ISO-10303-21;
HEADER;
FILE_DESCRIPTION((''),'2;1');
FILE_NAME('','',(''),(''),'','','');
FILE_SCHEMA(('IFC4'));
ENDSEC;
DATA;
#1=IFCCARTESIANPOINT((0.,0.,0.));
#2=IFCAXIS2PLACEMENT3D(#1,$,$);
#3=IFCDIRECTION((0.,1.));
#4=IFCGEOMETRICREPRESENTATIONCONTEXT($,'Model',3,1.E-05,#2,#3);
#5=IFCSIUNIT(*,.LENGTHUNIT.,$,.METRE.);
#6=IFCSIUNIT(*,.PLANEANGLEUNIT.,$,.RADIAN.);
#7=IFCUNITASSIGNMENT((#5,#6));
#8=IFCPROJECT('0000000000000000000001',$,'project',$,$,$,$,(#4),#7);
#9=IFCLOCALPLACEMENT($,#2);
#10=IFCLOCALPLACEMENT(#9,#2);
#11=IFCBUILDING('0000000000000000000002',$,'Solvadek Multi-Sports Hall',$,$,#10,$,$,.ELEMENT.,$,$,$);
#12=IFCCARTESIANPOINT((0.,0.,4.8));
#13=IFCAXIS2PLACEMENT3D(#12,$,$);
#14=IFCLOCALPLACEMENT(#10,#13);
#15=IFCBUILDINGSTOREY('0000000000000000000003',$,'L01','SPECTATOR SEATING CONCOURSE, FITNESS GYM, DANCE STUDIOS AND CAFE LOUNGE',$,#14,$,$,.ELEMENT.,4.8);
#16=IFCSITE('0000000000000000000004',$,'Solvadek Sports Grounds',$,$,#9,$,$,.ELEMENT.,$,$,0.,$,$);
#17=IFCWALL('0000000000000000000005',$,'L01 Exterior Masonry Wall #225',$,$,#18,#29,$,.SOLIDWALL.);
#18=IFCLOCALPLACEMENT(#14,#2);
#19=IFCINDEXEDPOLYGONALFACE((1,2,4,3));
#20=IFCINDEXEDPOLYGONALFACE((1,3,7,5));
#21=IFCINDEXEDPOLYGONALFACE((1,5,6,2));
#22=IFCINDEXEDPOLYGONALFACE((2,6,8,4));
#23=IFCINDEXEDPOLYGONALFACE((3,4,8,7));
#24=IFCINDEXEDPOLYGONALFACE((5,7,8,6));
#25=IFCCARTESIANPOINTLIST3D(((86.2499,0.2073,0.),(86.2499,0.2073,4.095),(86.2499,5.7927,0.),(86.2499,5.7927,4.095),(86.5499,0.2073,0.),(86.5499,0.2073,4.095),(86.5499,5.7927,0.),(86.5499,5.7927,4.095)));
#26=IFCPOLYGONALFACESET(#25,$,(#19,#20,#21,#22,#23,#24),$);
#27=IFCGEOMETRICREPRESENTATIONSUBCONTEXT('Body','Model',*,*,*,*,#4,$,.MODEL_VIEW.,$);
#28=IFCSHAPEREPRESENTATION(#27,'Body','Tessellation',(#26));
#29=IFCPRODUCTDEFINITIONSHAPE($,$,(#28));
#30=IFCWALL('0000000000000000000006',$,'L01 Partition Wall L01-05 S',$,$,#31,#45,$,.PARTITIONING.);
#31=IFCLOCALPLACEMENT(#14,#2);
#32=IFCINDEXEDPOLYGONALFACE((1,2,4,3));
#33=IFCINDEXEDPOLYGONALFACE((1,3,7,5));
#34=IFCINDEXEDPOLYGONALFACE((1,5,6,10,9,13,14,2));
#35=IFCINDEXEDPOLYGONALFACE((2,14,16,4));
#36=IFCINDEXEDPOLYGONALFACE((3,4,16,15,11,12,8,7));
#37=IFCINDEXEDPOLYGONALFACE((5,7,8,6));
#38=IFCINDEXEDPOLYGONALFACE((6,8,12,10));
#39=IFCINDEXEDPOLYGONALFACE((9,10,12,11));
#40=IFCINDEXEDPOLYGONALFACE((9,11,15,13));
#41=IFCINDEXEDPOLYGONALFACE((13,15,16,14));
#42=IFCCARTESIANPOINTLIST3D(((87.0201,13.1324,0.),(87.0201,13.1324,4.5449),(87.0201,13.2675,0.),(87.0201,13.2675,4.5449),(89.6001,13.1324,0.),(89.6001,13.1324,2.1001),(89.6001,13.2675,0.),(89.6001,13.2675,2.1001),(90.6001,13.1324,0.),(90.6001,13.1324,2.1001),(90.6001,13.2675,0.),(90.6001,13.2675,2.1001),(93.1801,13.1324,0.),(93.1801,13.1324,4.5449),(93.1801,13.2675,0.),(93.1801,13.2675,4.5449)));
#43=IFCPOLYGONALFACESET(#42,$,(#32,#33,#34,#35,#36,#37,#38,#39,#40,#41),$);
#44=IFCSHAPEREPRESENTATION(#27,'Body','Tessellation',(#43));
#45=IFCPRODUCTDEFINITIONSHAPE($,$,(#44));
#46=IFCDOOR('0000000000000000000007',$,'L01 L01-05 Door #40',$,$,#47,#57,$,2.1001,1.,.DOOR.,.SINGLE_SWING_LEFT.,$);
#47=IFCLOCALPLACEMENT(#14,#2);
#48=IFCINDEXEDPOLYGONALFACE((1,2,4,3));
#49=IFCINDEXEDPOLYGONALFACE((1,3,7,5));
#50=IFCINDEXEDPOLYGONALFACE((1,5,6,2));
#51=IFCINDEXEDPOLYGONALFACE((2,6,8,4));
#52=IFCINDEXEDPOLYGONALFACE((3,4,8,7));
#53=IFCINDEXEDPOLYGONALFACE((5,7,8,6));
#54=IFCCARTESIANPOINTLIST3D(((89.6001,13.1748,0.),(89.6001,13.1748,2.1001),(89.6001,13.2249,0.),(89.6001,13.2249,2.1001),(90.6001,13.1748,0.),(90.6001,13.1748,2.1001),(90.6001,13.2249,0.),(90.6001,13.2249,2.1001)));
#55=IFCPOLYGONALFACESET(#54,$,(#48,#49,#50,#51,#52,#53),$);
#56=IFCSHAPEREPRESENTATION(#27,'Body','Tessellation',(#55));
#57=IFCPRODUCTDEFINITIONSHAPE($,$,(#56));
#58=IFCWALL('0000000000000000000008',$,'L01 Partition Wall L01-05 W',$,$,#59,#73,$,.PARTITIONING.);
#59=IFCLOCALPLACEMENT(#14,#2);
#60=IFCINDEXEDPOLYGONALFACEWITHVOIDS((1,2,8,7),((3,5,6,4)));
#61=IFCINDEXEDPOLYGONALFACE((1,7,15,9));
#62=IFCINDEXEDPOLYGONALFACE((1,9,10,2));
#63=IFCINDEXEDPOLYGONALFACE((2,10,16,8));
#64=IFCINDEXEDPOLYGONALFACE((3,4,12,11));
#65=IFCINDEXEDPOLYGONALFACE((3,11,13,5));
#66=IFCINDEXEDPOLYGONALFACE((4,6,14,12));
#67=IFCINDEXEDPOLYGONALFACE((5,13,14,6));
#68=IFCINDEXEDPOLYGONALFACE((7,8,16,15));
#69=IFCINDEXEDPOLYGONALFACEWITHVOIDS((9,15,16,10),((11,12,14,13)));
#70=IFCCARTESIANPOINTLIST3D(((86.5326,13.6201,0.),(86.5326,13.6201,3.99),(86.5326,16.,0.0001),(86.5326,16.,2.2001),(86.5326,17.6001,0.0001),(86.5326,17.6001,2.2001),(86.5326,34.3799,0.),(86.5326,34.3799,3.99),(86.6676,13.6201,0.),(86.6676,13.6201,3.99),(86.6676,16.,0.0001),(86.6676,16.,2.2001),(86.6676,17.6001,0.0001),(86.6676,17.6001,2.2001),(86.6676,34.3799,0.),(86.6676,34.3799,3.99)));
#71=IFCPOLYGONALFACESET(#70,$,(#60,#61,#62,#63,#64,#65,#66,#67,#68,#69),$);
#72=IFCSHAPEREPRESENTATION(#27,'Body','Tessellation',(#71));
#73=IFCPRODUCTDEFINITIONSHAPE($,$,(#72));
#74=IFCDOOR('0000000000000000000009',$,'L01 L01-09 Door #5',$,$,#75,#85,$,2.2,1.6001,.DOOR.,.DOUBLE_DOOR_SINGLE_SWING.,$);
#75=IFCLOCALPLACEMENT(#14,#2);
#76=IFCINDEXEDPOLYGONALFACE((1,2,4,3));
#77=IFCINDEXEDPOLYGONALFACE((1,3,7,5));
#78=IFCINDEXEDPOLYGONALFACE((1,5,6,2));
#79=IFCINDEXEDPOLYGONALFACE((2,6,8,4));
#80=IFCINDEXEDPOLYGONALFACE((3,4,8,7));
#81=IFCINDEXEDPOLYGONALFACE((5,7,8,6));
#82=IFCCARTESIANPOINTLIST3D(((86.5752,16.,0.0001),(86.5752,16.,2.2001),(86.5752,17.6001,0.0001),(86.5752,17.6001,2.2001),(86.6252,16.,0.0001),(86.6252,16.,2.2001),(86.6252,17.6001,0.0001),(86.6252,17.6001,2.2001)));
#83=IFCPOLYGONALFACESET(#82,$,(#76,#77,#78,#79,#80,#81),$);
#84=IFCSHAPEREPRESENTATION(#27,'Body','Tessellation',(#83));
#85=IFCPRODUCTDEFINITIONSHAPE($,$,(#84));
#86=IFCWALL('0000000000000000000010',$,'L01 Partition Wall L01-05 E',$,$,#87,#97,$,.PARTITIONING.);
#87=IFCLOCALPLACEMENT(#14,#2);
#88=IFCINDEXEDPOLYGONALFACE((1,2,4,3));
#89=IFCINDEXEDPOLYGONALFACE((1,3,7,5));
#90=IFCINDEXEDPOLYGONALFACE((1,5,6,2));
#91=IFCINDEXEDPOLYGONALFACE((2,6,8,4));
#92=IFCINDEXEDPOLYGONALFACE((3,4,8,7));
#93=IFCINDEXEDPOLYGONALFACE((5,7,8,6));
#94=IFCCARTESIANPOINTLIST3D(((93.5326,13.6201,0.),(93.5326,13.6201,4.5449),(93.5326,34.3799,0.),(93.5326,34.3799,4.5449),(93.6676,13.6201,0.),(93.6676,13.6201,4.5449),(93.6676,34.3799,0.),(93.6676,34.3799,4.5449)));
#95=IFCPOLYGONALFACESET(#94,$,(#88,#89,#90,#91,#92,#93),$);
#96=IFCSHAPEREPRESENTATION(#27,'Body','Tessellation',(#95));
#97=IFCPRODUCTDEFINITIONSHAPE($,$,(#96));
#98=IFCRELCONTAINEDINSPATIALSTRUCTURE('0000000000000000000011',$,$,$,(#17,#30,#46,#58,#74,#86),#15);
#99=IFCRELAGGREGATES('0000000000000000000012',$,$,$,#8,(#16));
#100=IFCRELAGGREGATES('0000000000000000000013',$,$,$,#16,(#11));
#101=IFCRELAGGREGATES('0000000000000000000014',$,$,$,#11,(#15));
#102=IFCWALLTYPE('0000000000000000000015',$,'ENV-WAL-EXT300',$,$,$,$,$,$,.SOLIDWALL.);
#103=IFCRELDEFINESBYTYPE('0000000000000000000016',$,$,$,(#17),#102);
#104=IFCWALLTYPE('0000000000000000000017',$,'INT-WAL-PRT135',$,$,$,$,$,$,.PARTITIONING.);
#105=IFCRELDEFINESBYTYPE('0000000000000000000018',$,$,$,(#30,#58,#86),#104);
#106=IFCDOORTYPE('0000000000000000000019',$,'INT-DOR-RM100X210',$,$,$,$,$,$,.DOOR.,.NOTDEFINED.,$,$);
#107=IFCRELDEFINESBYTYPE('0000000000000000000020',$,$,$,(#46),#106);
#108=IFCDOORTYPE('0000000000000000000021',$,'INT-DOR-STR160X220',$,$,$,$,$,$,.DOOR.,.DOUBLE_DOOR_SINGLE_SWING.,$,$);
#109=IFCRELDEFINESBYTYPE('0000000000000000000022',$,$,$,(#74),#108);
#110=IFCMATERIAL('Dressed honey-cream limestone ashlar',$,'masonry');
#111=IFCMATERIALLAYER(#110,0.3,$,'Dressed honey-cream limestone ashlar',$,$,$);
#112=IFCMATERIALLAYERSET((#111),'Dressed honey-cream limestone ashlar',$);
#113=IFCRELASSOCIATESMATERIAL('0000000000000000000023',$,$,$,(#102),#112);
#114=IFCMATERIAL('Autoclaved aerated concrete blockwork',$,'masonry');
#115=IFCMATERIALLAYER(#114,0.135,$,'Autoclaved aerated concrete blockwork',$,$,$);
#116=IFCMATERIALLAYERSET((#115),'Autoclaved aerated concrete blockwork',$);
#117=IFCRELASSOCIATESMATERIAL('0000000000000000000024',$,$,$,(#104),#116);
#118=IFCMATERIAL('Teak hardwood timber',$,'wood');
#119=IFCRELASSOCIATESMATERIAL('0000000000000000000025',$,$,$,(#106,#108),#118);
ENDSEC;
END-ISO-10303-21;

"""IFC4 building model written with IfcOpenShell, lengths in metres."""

from ifc_helpers import new_model, si_unit, direction, frame, frame_2d, origin, place, context, subcontext, project, spatial, rectangle, extrude, material, layer, layer_set, type_object, element, fill, save


model = new_model("IFC4")

# Units and contexts
model_context = context("Model", 3, precision=1e-05, world=origin(), true_north=direction((0.0, 1.0)))
body_context = subcontext(model_context, "Body", "Model", "MODEL_VIEW")
ifc_project = project(units=[si_unit("LENGTHUNIT", "METRE"), si_unit("PLANEANGLEUNIT", "RADIAN")], contexts=[model_context])

# Site, building, storey
site_placement = place(None, origin())
site = spatial("IfcSite", under=ifc_project, at=site_placement, Name="Solvadek Sports Grounds", CompositionType="ELEMENT", RefElevation=0.0)
building_placement = place(site_placement, origin())
building = spatial("IfcBuilding", under=site, at=building_placement, Name="Solvadek Multi-Sports Hall", CompositionType="ELEMENT")
storey_placement = place(building_placement, frame((0.0, 0.0, 4.8)))
storey = spatial("IfcBuildingStorey", under=building, at=storey_placement, Name="L01", Description="SPECTATOR SEATING CONCOURSE, FITNESS GYM, DANCE STUDIOS AND CAFE LOUNGE", CompositionType="ELEMENT", Elevation=4.8)

# Wall
ifc_material_1 = material(Name="Dressed honey-cream limestone ashlar", Category="masonry")
ifc_layer_1 = layer(ifc_material_1, 0.3, Name="Dressed honey-cream limestone ashlar")
ifc_layer_set_1 = layer_set([ifc_layer_1], Name="Dressed honey-cream limestone ashlar")
wall_type_1 = type_object("IfcWallType", Name="ENV-WAL-EXT300", PredefinedType="SOLIDWALL", material=ifc_layer_set_1)
wall_1_placement = place(storey_placement, frame((86.3999, 0.2073, 0.0), z_axis=(0.0, 0.0, 1.0), x_axis=(0.0, 1.0, 0.0)))
element("IfcWall", 1, at=wall_1_placement, inside=storey, type_object=wall_type_1, Name="L01 Exterior Masonry Wall #225", PredefinedType="SOLIDWALL", context=body_context, shape_type="SweptSolid", body=[
    extrude(rectangle(XDim=5.5854, YDim=0.3, at=frame_2d((2.7927, 0.0))), origin(), (0.0, 0.0, 1.0), 4.095),
])

# Walls, openings, doors
ifc_material_2 = material(Name="Autoclaved aerated concrete blockwork", Category="masonry")
ifc_layer_2 = layer(ifc_material_2, 0.135, Name="Autoclaved aerated concrete blockwork")
ifc_layer_set_2 = layer_set([ifc_layer_2], Name="Autoclaved aerated concrete blockwork")
wall_type_2 = type_object("IfcWallType", Name="INT-WAL-PRT135", PredefinedType="PARTITIONING", material=ifc_layer_set_2)
wall_2_placement = place(storey_placement, frame((87.02, 13.2, 0.0), z_axis=(0.0, 0.0, 1.0), x_axis=(1.0, 0.0, 0.0)))
wall_2 = element("IfcWall", 2, at=wall_2_placement, inside=storey, type_object=wall_type_2, Name="L01 Partition Wall L01-05 S", PredefinedType="PARTITIONING", context=body_context, shape_type="SweptSolid", body=[
    extrude(rectangle(XDim=6.1599, YDim=0.135, at=frame_2d((3.0801, 0.0))), origin(), (0.0, 0.0, 1.0), 4.5449),
])
opening_1_placement = place(wall_2_placement, frame((2.5801, 0.0, 0.0)))
opening_1 = element("IfcOpeningElement", 3, at=opening_1_placement, cuts=wall_2, PredefinedType="OPENING", context=body_context, shape_type="SweptSolid", body=[
    extrude(rectangle(XDim=1.0, YDim=2.1001, at=frame_2d((0.5, 1.05))), frame((0.0, 0.0774, 0.0), z_axis=(0.0, -1.0, 0.0), x_axis=(1.0, 0.0, 0.0)), (0.0, 0.0, 1.0), 0.155),
])
ifc_material_3 = material(Name="Teak hardwood timber", Category="wood")
door_type_1 = type_object("IfcDoorType", Name="INT-DOR-RM100X210", OperationType="NOTDEFINED", PredefinedType="DOOR", material=ifc_material_3)
door_1_placement = place(opening_1_placement, origin())
door_1 = element("IfcDoor", 4, at=door_1_placement, inside=storey, type_object=door_type_1, Name="L01 L01-05 Door #40", OperationType="SINGLE_SWING_LEFT", OverallHeight=2.1001, OverallWidth=1.0, PredefinedType="DOOR", context=body_context, shape_type="SweptSolid", body=[
    extrude(rectangle(XDim=1.0, YDim=2.1001, at=frame_2d((0.5, 1.05))), frame((0.0, 0.0249, 0.0), z_axis=(0.0, -1.0, 0.0), x_axis=(1.0, 0.0, 0.0)), (0.0, 0.0, 1.0), 0.05),
])
fill(opening_1, door_1)
wall_3_placement = place(storey_placement, frame((86.6001, 13.6201, 0.0), z_axis=(0.0, 0.0, 1.0), x_axis=(0.0, 1.0, 0.0)))
wall_3 = element("IfcWall", 5, at=wall_3_placement, inside=storey, type_object=wall_type_2, Name="L01 Partition Wall L01-05 W", PredefinedType="PARTITIONING", context=body_context, shape_type="SweptSolid", body=[
    extrude(rectangle(XDim=20.7598, YDim=0.135, at=frame_2d((10.3799, 0.0))), origin(), (0.0, 0.0, 1.0), 3.99),
])
opening_2_placement = place(wall_3_placement, frame((2.3799, 0.0, 0.0)))
opening_2 = element("IfcOpeningElement", 6, at=opening_2_placement, cuts=wall_3, PredefinedType="OPENING", context=body_context, shape_type="SweptSolid", body=[
    extrude(rectangle(XDim=1.6001, YDim=2.2, at=frame_2d((0.8, 1.1001))), frame((0.0, 0.0774, 0.0), z_axis=(0.0, -1.0, 0.0), x_axis=(1.0, 0.0, 0.0)), (0.0, 0.0, 1.0), 0.155),
])
door_type_2 = type_object("IfcDoorType", Name="INT-DOR-STR160X220", OperationType="DOUBLE_DOOR_SINGLE_SWING", PredefinedType="DOOR", material=ifc_material_3)
door_2_placement = place(opening_2_placement, origin())
door_2 = element("IfcDoor", 7, at=door_2_placement, inside=storey, type_object=door_type_2, Name="L01 L01-09 Door #5", OperationType="DOUBLE_DOOR_SINGLE_SWING", OverallHeight=2.2, OverallWidth=1.6001, PredefinedType="DOOR", context=body_context, shape_type="SweptSolid", body=[
    extrude(rectangle(XDim=1.6001, YDim=2.2, at=frame_2d((0.8, 1.1001))), frame((0.0, 0.0249, 0.0), z_axis=(0.0, -1.0, 0.0), x_axis=(1.0, 0.0, 0.0)), (0.0, 0.0, 1.0), 0.05),
])
fill(opening_2, door_2)

# Wall
wall_4_placement = place(storey_placement, frame((93.6001, 13.6201, 0.0), z_axis=(0.0, 0.0, 1.0), x_axis=(0.0, 1.0, 0.0)))
element("IfcWall", 8, at=wall_4_placement, inside=storey, type_object=wall_type_2, Name="L01 Partition Wall L01-05 E", PredefinedType="PARTITIONING", context=body_context, shape_type="SweptSolid", body=[
    extrude(rectangle(XDim=20.7598, YDim=0.135, at=frame_2d((10.3799, 0.0))), origin(), (0.0, 0.0, 1.0), 4.5449),
])

save(model, "model.ifc")
